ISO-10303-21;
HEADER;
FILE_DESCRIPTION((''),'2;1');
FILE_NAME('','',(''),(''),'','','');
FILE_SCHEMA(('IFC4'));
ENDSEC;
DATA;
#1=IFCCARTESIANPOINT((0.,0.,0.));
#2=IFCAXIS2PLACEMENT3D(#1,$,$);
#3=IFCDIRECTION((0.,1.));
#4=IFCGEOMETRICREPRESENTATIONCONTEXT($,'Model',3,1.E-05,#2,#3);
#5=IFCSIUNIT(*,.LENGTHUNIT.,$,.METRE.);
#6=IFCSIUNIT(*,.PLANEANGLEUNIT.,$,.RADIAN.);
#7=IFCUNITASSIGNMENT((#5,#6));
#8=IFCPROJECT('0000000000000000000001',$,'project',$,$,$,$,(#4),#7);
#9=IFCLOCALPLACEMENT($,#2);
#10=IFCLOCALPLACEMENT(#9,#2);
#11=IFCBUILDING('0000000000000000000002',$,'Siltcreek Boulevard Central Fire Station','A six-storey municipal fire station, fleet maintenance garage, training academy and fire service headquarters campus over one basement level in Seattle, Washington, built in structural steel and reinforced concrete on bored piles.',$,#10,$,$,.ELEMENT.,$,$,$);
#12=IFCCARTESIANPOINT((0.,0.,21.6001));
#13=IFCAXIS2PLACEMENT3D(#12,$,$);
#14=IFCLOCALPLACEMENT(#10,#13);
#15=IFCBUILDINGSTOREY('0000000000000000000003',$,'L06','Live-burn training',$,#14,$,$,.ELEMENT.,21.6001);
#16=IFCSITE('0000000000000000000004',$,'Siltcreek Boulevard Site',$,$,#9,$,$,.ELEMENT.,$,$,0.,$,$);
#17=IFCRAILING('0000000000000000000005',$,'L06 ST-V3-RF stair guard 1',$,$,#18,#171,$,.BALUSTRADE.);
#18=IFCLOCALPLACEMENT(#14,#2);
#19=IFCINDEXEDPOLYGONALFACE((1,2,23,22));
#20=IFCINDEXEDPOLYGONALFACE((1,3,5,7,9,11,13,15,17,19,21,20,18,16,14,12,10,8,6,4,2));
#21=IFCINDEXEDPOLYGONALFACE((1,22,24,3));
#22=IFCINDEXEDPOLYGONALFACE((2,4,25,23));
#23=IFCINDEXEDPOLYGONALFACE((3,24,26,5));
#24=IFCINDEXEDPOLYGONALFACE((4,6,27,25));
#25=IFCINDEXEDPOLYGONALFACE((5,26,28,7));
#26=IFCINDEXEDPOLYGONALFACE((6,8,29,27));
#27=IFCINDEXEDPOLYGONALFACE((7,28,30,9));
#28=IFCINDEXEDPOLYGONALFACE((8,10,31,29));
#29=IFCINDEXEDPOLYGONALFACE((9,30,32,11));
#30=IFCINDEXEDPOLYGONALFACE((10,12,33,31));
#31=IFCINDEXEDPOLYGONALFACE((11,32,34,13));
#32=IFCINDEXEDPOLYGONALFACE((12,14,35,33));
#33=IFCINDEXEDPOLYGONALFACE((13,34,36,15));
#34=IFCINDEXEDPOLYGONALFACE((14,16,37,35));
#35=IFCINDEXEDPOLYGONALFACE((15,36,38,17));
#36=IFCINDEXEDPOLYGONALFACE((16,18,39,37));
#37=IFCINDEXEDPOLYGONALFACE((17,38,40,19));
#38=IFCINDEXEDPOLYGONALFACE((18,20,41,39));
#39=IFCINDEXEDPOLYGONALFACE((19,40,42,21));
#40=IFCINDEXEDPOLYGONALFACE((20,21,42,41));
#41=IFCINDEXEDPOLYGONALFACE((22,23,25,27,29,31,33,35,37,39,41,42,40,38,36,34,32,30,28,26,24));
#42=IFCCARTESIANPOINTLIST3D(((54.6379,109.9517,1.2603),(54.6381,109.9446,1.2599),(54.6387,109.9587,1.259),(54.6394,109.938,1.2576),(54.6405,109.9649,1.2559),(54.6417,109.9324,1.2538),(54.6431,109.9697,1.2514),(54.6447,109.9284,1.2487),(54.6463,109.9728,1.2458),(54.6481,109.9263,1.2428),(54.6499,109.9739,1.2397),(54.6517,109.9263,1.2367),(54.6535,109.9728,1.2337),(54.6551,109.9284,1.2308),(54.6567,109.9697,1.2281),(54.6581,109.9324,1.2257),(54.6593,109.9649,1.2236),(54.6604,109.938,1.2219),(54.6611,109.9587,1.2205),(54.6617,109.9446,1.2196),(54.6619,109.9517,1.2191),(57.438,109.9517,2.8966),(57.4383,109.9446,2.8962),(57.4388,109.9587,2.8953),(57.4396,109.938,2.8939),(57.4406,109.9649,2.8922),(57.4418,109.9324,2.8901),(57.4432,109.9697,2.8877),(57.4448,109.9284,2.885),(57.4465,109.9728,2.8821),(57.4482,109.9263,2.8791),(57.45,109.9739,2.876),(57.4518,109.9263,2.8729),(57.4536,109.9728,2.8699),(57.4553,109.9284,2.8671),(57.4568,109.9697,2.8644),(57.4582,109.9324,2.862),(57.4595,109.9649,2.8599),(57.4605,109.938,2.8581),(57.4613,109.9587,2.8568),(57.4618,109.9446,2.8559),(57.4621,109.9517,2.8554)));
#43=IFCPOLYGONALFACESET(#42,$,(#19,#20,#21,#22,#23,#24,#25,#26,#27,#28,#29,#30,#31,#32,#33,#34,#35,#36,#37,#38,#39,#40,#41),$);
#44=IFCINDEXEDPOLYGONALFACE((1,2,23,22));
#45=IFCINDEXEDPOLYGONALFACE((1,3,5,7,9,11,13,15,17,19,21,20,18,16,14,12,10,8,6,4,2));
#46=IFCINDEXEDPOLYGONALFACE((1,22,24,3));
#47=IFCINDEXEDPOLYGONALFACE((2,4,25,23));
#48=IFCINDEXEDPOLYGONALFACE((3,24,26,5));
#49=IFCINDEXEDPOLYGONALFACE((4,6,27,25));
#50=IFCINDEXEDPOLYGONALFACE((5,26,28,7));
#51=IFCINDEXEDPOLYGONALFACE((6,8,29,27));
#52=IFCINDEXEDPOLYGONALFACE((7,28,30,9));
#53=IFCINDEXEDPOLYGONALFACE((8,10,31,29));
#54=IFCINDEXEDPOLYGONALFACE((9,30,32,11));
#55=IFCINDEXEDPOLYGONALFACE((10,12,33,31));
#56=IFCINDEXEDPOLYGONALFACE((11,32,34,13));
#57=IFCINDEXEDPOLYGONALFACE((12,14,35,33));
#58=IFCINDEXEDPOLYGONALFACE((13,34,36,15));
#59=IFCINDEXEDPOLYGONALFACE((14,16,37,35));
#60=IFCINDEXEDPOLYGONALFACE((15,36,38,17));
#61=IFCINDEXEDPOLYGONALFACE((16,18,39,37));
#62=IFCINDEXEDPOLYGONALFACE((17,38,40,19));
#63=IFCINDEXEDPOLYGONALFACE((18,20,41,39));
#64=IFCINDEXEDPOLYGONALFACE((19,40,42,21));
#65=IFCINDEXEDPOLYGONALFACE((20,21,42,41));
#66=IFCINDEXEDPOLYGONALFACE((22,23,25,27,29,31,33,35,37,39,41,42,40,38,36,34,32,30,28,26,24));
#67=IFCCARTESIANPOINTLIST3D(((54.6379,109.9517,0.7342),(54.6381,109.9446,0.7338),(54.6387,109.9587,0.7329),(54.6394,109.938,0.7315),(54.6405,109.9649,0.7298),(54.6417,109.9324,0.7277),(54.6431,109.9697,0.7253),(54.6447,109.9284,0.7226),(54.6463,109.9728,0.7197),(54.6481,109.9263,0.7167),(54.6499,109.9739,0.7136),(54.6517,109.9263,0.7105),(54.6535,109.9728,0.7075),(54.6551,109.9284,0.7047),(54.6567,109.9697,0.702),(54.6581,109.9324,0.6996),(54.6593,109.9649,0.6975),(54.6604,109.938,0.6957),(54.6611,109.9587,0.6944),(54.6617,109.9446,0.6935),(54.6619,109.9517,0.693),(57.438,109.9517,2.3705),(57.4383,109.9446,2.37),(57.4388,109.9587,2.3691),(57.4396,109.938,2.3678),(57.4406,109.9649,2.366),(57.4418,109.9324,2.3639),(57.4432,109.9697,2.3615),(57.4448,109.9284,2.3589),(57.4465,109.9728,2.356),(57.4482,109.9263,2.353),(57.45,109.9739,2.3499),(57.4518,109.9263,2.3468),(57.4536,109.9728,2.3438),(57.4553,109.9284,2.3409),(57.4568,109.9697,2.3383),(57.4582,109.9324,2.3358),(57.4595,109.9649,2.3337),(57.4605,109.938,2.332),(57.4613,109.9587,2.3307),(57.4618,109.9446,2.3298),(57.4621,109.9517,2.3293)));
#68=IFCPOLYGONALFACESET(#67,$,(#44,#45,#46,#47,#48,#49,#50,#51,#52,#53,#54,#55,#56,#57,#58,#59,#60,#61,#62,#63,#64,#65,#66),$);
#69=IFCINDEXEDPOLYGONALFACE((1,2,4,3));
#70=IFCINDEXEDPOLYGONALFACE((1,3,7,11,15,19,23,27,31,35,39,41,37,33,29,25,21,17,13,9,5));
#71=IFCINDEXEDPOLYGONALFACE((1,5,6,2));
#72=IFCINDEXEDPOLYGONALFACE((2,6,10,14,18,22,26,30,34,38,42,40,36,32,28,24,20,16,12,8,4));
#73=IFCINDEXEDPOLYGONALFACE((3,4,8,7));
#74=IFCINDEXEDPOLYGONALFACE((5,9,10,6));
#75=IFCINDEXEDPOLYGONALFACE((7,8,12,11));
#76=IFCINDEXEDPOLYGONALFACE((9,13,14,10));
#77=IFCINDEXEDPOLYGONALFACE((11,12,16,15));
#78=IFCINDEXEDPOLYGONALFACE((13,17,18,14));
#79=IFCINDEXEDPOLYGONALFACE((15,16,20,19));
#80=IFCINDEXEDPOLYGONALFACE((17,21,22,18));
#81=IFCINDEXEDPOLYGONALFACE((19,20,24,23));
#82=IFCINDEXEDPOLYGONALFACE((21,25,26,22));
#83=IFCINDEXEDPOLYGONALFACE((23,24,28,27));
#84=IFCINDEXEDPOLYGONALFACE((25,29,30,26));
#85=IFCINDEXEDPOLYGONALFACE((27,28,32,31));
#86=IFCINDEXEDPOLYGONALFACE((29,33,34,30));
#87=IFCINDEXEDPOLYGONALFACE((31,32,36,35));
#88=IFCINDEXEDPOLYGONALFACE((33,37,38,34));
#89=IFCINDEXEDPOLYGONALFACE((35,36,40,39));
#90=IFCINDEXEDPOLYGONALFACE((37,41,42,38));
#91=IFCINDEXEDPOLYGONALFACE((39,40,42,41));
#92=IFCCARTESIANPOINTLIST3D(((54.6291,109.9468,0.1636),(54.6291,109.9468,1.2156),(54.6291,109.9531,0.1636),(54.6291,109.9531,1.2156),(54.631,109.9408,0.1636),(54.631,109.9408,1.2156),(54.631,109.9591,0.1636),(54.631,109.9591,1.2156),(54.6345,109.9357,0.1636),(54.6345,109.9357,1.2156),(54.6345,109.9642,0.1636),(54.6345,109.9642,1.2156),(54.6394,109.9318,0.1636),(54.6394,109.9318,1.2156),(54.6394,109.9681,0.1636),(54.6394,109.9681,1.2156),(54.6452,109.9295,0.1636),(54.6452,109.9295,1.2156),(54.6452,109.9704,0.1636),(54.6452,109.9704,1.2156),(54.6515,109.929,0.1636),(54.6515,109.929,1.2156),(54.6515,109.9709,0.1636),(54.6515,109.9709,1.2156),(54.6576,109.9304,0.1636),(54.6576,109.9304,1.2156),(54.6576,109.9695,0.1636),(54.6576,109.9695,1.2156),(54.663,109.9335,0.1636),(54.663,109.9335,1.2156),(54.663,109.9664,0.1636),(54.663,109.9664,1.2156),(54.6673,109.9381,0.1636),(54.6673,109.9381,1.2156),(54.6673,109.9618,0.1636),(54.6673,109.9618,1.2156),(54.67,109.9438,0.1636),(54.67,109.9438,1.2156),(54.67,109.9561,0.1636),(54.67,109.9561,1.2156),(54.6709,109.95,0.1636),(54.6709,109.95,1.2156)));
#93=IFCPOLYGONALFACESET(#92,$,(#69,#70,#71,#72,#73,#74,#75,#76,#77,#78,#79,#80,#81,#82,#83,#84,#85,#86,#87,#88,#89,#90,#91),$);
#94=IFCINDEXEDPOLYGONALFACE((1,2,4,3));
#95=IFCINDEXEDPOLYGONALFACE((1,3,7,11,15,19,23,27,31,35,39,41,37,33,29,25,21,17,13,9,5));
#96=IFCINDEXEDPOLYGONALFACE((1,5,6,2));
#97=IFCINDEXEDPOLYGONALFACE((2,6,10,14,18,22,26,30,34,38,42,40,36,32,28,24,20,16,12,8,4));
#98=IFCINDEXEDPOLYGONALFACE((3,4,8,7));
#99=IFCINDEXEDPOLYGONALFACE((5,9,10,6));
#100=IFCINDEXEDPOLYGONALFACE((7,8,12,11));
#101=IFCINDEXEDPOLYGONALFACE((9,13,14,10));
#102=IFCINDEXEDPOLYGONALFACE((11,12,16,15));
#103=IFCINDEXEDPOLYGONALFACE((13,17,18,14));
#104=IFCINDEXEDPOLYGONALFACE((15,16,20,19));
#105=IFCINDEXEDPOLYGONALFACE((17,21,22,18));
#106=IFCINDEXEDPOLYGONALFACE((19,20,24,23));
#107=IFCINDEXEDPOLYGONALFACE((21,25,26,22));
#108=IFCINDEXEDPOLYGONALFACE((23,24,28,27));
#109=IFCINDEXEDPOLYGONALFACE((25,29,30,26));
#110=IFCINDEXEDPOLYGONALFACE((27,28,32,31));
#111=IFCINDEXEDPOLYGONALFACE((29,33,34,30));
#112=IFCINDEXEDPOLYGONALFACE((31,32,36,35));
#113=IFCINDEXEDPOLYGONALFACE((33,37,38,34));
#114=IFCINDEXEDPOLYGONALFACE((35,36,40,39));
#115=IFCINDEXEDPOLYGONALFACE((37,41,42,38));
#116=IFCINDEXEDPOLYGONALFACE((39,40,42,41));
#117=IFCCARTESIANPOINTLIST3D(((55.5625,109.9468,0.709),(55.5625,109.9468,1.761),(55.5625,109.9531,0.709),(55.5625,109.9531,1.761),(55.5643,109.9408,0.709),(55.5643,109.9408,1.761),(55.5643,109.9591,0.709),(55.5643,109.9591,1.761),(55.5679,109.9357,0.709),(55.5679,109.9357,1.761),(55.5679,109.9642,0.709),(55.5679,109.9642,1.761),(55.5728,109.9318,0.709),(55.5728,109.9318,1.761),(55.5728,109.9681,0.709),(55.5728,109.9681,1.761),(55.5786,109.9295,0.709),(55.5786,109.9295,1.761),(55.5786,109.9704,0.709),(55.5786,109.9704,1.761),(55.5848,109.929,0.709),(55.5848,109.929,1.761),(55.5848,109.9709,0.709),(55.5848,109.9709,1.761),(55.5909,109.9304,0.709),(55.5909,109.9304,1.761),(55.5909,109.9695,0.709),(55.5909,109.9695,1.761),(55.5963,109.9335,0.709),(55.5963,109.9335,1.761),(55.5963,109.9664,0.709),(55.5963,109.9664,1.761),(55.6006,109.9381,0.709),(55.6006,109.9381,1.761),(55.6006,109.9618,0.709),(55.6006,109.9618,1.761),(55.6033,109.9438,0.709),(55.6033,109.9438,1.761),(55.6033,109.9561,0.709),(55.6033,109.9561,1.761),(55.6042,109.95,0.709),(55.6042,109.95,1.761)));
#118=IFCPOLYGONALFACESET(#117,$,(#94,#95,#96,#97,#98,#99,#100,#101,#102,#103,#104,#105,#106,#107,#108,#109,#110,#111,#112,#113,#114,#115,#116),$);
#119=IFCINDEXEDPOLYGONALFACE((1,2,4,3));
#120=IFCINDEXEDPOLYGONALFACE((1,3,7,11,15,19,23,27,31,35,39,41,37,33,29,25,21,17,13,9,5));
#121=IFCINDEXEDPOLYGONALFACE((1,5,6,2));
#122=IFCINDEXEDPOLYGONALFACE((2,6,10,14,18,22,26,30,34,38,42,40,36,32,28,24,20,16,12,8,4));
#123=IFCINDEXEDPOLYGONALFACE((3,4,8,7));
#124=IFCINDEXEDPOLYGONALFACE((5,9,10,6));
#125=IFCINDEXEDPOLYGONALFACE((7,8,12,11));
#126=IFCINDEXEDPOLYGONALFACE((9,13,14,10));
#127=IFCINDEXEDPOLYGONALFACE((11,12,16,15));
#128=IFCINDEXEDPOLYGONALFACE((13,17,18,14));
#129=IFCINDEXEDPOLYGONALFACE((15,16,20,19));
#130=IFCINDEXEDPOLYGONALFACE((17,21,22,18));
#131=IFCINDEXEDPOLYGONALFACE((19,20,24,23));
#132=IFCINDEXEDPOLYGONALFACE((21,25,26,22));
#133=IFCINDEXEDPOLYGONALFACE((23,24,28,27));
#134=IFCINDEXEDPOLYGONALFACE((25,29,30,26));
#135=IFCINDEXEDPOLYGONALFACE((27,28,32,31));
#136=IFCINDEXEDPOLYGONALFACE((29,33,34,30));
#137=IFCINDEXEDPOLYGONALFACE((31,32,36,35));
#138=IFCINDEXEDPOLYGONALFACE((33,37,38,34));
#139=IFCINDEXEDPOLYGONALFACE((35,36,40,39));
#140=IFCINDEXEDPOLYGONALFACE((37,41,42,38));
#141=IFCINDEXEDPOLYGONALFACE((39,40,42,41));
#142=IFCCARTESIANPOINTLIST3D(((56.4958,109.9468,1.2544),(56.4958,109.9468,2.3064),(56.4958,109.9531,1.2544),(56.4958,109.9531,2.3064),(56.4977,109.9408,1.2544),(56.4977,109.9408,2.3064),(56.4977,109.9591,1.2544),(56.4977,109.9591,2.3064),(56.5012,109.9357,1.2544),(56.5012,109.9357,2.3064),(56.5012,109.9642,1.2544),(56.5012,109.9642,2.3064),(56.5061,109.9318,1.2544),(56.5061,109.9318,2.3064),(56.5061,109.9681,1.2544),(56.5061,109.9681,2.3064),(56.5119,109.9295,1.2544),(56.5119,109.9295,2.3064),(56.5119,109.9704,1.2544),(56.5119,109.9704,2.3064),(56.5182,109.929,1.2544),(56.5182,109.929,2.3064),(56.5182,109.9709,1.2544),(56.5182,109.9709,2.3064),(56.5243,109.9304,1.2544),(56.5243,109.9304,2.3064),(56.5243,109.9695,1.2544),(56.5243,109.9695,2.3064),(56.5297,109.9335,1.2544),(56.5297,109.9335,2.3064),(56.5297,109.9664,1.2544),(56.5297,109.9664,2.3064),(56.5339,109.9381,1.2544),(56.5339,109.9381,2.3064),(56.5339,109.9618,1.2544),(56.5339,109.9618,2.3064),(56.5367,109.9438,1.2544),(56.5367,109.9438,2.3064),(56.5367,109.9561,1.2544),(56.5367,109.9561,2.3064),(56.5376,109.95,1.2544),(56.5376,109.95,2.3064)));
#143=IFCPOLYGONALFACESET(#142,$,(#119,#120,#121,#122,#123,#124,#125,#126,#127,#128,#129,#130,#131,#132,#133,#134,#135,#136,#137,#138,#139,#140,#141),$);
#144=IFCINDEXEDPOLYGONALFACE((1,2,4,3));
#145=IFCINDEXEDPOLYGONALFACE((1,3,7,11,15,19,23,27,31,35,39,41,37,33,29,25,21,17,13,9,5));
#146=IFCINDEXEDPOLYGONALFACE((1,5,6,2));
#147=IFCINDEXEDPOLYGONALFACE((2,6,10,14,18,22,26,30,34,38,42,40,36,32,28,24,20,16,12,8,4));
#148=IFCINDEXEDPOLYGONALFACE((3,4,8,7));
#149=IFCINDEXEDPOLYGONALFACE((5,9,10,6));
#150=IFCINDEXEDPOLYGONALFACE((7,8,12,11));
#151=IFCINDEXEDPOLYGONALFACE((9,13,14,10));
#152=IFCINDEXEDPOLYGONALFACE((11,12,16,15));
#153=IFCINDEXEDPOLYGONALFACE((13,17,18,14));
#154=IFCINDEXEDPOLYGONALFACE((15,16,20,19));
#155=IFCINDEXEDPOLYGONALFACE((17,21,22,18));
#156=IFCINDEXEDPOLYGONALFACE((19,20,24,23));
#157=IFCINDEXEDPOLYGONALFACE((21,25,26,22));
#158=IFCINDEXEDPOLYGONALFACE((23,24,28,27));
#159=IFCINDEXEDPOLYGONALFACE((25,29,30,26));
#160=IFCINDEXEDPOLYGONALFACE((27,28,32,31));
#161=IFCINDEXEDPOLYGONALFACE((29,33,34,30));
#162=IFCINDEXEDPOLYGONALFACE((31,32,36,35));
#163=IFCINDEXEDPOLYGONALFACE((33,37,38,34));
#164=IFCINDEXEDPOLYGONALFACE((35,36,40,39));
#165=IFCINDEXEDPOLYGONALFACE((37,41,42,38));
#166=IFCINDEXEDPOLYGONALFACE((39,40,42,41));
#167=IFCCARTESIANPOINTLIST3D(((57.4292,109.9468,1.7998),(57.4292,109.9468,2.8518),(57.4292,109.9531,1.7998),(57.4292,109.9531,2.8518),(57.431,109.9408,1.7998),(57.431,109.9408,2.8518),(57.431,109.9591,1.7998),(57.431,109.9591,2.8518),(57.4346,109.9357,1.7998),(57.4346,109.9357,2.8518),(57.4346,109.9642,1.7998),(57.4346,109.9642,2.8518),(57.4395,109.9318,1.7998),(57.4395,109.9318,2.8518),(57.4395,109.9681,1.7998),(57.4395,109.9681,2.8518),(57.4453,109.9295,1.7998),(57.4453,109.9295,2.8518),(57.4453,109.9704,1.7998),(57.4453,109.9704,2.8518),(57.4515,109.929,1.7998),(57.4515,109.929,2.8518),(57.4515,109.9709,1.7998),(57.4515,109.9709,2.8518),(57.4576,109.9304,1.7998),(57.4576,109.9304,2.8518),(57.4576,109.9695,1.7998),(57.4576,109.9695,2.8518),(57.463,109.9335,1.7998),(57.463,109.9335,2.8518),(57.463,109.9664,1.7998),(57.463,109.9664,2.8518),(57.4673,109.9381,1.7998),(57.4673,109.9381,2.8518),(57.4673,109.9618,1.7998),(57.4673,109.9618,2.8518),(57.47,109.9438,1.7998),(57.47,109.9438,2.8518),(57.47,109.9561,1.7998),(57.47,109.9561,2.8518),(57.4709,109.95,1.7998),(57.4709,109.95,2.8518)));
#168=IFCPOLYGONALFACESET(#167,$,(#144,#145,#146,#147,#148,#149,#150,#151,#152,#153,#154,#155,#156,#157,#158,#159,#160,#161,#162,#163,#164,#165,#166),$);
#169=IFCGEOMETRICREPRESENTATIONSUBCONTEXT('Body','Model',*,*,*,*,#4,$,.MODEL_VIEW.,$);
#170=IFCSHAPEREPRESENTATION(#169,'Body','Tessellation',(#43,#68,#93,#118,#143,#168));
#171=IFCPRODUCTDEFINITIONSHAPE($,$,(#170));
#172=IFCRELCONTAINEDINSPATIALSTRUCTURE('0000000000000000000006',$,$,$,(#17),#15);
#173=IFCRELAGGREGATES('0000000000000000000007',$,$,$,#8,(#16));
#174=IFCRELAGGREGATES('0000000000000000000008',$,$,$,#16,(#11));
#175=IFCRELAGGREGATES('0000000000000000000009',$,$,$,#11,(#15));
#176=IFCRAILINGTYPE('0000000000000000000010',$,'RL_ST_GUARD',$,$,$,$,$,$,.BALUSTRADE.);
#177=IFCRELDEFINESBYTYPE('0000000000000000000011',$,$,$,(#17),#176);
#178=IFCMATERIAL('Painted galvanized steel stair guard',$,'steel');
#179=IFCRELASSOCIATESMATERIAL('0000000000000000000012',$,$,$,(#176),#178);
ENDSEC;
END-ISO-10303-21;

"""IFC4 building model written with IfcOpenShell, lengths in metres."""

from ifc_helpers import new_model, si_unit, direction, frame, origin, origin_2d, place, context, subcontext, project, spatial, circle, extrude, material, type_object, element, save


model = new_model("IFC4")

# Units and contexts
model_context = context("Model", 3, precision=1e-05, world=origin(), true_north=direction((0.0, 1.0)))
body_context = subcontext(model_context, "Body", "Model", "MODEL_VIEW")
ifc_project = project(units=[si_unit("LENGTHUNIT", "METRE"), si_unit("PLANEANGLEUNIT", "RADIAN")], contexts=[model_context])

# Site, building, storey
site_placement = place(None, origin())
site = spatial("IfcSite", under=ifc_project, at=site_placement, Name="Siltcreek Boulevard Site", CompositionType="ELEMENT", RefElevation=0.0)
building_placement = place(site_placement, origin())
building = spatial("IfcBuilding", under=site, at=building_placement, Name="Siltcreek Boulevard Central Fire Station", Description="A six-storey municipal fire station, fleet maintenance garage, training academy and fire service headquarters campus over one basement level in Seattle, Washington, built in structural steel and reinforced concrete on bored piles.", CompositionType="ELEMENT")
storey_placement = place(building_placement, frame((0.0, 0.0, 21.6001)))
storey = spatial("IfcBuildingStorey", under=building, at=storey_placement, Name="L06", Description="Live-burn training", CompositionType="ELEMENT", Elevation=21.6001)

# Railing
ifc_material_1 = material(Name="Painted galvanized steel stair guard", Category="steel")
railing_type_1 = type_object("IfcRailingType", Name="RL_ST_GUARD", PredefinedType="BALUSTRADE", material=ifc_material_1)
railing_1_placement = place(storey_placement, frame((54.6499, 109.95, 0.1636)))
element("IfcRailing", 1, at=railing_1_placement, inside=storey, type_object=railing_type_1, Name="L06 ST-V3-RF stair guard 1", PredefinedType="BALUSTRADE", context=body_context, shape_type="SweptSolid", body=[
    extrude(circle(Radius=0.0239, at=origin_2d()), frame((0.0, 0.0, 1.0762), z_axis=(0.863394, 0.0, 0.504531), x_axis=(0.0, 1.0, 0.0)), (0.0, 0.0, 1.0), 3.2432),
    extrude(circle(Radius=0.0239, at=origin_2d()), frame((0.0, 0.0, 0.55), z_axis=(0.863394, 0.0, 0.504531), x_axis=(0.0, 1.0, 0.0)), (0.0, 0.0, 1.0), 3.2432),
    extrude(circle(Radius=0.021, at=origin_2d()), origin(), (0.0, 0.0, 1.0), 1.052),
    extrude(circle(Radius=0.021, at=origin_2d()), frame((0.9333, 0.0, 0.5454)), (0.0, 0.0, 1.0), 1.052),
    extrude(circle(Radius=0.021, at=origin_2d()), frame((1.8667, 0.0, 1.0908)), (0.0, 0.0, 1.0), 1.052),
    extrude(circle(Radius=0.021, at=origin_2d()), frame((2.8, 0.0, 1.6362)), (0.0, 0.0, 1.0), 1.052),
])

save(model, "model.ifc")
